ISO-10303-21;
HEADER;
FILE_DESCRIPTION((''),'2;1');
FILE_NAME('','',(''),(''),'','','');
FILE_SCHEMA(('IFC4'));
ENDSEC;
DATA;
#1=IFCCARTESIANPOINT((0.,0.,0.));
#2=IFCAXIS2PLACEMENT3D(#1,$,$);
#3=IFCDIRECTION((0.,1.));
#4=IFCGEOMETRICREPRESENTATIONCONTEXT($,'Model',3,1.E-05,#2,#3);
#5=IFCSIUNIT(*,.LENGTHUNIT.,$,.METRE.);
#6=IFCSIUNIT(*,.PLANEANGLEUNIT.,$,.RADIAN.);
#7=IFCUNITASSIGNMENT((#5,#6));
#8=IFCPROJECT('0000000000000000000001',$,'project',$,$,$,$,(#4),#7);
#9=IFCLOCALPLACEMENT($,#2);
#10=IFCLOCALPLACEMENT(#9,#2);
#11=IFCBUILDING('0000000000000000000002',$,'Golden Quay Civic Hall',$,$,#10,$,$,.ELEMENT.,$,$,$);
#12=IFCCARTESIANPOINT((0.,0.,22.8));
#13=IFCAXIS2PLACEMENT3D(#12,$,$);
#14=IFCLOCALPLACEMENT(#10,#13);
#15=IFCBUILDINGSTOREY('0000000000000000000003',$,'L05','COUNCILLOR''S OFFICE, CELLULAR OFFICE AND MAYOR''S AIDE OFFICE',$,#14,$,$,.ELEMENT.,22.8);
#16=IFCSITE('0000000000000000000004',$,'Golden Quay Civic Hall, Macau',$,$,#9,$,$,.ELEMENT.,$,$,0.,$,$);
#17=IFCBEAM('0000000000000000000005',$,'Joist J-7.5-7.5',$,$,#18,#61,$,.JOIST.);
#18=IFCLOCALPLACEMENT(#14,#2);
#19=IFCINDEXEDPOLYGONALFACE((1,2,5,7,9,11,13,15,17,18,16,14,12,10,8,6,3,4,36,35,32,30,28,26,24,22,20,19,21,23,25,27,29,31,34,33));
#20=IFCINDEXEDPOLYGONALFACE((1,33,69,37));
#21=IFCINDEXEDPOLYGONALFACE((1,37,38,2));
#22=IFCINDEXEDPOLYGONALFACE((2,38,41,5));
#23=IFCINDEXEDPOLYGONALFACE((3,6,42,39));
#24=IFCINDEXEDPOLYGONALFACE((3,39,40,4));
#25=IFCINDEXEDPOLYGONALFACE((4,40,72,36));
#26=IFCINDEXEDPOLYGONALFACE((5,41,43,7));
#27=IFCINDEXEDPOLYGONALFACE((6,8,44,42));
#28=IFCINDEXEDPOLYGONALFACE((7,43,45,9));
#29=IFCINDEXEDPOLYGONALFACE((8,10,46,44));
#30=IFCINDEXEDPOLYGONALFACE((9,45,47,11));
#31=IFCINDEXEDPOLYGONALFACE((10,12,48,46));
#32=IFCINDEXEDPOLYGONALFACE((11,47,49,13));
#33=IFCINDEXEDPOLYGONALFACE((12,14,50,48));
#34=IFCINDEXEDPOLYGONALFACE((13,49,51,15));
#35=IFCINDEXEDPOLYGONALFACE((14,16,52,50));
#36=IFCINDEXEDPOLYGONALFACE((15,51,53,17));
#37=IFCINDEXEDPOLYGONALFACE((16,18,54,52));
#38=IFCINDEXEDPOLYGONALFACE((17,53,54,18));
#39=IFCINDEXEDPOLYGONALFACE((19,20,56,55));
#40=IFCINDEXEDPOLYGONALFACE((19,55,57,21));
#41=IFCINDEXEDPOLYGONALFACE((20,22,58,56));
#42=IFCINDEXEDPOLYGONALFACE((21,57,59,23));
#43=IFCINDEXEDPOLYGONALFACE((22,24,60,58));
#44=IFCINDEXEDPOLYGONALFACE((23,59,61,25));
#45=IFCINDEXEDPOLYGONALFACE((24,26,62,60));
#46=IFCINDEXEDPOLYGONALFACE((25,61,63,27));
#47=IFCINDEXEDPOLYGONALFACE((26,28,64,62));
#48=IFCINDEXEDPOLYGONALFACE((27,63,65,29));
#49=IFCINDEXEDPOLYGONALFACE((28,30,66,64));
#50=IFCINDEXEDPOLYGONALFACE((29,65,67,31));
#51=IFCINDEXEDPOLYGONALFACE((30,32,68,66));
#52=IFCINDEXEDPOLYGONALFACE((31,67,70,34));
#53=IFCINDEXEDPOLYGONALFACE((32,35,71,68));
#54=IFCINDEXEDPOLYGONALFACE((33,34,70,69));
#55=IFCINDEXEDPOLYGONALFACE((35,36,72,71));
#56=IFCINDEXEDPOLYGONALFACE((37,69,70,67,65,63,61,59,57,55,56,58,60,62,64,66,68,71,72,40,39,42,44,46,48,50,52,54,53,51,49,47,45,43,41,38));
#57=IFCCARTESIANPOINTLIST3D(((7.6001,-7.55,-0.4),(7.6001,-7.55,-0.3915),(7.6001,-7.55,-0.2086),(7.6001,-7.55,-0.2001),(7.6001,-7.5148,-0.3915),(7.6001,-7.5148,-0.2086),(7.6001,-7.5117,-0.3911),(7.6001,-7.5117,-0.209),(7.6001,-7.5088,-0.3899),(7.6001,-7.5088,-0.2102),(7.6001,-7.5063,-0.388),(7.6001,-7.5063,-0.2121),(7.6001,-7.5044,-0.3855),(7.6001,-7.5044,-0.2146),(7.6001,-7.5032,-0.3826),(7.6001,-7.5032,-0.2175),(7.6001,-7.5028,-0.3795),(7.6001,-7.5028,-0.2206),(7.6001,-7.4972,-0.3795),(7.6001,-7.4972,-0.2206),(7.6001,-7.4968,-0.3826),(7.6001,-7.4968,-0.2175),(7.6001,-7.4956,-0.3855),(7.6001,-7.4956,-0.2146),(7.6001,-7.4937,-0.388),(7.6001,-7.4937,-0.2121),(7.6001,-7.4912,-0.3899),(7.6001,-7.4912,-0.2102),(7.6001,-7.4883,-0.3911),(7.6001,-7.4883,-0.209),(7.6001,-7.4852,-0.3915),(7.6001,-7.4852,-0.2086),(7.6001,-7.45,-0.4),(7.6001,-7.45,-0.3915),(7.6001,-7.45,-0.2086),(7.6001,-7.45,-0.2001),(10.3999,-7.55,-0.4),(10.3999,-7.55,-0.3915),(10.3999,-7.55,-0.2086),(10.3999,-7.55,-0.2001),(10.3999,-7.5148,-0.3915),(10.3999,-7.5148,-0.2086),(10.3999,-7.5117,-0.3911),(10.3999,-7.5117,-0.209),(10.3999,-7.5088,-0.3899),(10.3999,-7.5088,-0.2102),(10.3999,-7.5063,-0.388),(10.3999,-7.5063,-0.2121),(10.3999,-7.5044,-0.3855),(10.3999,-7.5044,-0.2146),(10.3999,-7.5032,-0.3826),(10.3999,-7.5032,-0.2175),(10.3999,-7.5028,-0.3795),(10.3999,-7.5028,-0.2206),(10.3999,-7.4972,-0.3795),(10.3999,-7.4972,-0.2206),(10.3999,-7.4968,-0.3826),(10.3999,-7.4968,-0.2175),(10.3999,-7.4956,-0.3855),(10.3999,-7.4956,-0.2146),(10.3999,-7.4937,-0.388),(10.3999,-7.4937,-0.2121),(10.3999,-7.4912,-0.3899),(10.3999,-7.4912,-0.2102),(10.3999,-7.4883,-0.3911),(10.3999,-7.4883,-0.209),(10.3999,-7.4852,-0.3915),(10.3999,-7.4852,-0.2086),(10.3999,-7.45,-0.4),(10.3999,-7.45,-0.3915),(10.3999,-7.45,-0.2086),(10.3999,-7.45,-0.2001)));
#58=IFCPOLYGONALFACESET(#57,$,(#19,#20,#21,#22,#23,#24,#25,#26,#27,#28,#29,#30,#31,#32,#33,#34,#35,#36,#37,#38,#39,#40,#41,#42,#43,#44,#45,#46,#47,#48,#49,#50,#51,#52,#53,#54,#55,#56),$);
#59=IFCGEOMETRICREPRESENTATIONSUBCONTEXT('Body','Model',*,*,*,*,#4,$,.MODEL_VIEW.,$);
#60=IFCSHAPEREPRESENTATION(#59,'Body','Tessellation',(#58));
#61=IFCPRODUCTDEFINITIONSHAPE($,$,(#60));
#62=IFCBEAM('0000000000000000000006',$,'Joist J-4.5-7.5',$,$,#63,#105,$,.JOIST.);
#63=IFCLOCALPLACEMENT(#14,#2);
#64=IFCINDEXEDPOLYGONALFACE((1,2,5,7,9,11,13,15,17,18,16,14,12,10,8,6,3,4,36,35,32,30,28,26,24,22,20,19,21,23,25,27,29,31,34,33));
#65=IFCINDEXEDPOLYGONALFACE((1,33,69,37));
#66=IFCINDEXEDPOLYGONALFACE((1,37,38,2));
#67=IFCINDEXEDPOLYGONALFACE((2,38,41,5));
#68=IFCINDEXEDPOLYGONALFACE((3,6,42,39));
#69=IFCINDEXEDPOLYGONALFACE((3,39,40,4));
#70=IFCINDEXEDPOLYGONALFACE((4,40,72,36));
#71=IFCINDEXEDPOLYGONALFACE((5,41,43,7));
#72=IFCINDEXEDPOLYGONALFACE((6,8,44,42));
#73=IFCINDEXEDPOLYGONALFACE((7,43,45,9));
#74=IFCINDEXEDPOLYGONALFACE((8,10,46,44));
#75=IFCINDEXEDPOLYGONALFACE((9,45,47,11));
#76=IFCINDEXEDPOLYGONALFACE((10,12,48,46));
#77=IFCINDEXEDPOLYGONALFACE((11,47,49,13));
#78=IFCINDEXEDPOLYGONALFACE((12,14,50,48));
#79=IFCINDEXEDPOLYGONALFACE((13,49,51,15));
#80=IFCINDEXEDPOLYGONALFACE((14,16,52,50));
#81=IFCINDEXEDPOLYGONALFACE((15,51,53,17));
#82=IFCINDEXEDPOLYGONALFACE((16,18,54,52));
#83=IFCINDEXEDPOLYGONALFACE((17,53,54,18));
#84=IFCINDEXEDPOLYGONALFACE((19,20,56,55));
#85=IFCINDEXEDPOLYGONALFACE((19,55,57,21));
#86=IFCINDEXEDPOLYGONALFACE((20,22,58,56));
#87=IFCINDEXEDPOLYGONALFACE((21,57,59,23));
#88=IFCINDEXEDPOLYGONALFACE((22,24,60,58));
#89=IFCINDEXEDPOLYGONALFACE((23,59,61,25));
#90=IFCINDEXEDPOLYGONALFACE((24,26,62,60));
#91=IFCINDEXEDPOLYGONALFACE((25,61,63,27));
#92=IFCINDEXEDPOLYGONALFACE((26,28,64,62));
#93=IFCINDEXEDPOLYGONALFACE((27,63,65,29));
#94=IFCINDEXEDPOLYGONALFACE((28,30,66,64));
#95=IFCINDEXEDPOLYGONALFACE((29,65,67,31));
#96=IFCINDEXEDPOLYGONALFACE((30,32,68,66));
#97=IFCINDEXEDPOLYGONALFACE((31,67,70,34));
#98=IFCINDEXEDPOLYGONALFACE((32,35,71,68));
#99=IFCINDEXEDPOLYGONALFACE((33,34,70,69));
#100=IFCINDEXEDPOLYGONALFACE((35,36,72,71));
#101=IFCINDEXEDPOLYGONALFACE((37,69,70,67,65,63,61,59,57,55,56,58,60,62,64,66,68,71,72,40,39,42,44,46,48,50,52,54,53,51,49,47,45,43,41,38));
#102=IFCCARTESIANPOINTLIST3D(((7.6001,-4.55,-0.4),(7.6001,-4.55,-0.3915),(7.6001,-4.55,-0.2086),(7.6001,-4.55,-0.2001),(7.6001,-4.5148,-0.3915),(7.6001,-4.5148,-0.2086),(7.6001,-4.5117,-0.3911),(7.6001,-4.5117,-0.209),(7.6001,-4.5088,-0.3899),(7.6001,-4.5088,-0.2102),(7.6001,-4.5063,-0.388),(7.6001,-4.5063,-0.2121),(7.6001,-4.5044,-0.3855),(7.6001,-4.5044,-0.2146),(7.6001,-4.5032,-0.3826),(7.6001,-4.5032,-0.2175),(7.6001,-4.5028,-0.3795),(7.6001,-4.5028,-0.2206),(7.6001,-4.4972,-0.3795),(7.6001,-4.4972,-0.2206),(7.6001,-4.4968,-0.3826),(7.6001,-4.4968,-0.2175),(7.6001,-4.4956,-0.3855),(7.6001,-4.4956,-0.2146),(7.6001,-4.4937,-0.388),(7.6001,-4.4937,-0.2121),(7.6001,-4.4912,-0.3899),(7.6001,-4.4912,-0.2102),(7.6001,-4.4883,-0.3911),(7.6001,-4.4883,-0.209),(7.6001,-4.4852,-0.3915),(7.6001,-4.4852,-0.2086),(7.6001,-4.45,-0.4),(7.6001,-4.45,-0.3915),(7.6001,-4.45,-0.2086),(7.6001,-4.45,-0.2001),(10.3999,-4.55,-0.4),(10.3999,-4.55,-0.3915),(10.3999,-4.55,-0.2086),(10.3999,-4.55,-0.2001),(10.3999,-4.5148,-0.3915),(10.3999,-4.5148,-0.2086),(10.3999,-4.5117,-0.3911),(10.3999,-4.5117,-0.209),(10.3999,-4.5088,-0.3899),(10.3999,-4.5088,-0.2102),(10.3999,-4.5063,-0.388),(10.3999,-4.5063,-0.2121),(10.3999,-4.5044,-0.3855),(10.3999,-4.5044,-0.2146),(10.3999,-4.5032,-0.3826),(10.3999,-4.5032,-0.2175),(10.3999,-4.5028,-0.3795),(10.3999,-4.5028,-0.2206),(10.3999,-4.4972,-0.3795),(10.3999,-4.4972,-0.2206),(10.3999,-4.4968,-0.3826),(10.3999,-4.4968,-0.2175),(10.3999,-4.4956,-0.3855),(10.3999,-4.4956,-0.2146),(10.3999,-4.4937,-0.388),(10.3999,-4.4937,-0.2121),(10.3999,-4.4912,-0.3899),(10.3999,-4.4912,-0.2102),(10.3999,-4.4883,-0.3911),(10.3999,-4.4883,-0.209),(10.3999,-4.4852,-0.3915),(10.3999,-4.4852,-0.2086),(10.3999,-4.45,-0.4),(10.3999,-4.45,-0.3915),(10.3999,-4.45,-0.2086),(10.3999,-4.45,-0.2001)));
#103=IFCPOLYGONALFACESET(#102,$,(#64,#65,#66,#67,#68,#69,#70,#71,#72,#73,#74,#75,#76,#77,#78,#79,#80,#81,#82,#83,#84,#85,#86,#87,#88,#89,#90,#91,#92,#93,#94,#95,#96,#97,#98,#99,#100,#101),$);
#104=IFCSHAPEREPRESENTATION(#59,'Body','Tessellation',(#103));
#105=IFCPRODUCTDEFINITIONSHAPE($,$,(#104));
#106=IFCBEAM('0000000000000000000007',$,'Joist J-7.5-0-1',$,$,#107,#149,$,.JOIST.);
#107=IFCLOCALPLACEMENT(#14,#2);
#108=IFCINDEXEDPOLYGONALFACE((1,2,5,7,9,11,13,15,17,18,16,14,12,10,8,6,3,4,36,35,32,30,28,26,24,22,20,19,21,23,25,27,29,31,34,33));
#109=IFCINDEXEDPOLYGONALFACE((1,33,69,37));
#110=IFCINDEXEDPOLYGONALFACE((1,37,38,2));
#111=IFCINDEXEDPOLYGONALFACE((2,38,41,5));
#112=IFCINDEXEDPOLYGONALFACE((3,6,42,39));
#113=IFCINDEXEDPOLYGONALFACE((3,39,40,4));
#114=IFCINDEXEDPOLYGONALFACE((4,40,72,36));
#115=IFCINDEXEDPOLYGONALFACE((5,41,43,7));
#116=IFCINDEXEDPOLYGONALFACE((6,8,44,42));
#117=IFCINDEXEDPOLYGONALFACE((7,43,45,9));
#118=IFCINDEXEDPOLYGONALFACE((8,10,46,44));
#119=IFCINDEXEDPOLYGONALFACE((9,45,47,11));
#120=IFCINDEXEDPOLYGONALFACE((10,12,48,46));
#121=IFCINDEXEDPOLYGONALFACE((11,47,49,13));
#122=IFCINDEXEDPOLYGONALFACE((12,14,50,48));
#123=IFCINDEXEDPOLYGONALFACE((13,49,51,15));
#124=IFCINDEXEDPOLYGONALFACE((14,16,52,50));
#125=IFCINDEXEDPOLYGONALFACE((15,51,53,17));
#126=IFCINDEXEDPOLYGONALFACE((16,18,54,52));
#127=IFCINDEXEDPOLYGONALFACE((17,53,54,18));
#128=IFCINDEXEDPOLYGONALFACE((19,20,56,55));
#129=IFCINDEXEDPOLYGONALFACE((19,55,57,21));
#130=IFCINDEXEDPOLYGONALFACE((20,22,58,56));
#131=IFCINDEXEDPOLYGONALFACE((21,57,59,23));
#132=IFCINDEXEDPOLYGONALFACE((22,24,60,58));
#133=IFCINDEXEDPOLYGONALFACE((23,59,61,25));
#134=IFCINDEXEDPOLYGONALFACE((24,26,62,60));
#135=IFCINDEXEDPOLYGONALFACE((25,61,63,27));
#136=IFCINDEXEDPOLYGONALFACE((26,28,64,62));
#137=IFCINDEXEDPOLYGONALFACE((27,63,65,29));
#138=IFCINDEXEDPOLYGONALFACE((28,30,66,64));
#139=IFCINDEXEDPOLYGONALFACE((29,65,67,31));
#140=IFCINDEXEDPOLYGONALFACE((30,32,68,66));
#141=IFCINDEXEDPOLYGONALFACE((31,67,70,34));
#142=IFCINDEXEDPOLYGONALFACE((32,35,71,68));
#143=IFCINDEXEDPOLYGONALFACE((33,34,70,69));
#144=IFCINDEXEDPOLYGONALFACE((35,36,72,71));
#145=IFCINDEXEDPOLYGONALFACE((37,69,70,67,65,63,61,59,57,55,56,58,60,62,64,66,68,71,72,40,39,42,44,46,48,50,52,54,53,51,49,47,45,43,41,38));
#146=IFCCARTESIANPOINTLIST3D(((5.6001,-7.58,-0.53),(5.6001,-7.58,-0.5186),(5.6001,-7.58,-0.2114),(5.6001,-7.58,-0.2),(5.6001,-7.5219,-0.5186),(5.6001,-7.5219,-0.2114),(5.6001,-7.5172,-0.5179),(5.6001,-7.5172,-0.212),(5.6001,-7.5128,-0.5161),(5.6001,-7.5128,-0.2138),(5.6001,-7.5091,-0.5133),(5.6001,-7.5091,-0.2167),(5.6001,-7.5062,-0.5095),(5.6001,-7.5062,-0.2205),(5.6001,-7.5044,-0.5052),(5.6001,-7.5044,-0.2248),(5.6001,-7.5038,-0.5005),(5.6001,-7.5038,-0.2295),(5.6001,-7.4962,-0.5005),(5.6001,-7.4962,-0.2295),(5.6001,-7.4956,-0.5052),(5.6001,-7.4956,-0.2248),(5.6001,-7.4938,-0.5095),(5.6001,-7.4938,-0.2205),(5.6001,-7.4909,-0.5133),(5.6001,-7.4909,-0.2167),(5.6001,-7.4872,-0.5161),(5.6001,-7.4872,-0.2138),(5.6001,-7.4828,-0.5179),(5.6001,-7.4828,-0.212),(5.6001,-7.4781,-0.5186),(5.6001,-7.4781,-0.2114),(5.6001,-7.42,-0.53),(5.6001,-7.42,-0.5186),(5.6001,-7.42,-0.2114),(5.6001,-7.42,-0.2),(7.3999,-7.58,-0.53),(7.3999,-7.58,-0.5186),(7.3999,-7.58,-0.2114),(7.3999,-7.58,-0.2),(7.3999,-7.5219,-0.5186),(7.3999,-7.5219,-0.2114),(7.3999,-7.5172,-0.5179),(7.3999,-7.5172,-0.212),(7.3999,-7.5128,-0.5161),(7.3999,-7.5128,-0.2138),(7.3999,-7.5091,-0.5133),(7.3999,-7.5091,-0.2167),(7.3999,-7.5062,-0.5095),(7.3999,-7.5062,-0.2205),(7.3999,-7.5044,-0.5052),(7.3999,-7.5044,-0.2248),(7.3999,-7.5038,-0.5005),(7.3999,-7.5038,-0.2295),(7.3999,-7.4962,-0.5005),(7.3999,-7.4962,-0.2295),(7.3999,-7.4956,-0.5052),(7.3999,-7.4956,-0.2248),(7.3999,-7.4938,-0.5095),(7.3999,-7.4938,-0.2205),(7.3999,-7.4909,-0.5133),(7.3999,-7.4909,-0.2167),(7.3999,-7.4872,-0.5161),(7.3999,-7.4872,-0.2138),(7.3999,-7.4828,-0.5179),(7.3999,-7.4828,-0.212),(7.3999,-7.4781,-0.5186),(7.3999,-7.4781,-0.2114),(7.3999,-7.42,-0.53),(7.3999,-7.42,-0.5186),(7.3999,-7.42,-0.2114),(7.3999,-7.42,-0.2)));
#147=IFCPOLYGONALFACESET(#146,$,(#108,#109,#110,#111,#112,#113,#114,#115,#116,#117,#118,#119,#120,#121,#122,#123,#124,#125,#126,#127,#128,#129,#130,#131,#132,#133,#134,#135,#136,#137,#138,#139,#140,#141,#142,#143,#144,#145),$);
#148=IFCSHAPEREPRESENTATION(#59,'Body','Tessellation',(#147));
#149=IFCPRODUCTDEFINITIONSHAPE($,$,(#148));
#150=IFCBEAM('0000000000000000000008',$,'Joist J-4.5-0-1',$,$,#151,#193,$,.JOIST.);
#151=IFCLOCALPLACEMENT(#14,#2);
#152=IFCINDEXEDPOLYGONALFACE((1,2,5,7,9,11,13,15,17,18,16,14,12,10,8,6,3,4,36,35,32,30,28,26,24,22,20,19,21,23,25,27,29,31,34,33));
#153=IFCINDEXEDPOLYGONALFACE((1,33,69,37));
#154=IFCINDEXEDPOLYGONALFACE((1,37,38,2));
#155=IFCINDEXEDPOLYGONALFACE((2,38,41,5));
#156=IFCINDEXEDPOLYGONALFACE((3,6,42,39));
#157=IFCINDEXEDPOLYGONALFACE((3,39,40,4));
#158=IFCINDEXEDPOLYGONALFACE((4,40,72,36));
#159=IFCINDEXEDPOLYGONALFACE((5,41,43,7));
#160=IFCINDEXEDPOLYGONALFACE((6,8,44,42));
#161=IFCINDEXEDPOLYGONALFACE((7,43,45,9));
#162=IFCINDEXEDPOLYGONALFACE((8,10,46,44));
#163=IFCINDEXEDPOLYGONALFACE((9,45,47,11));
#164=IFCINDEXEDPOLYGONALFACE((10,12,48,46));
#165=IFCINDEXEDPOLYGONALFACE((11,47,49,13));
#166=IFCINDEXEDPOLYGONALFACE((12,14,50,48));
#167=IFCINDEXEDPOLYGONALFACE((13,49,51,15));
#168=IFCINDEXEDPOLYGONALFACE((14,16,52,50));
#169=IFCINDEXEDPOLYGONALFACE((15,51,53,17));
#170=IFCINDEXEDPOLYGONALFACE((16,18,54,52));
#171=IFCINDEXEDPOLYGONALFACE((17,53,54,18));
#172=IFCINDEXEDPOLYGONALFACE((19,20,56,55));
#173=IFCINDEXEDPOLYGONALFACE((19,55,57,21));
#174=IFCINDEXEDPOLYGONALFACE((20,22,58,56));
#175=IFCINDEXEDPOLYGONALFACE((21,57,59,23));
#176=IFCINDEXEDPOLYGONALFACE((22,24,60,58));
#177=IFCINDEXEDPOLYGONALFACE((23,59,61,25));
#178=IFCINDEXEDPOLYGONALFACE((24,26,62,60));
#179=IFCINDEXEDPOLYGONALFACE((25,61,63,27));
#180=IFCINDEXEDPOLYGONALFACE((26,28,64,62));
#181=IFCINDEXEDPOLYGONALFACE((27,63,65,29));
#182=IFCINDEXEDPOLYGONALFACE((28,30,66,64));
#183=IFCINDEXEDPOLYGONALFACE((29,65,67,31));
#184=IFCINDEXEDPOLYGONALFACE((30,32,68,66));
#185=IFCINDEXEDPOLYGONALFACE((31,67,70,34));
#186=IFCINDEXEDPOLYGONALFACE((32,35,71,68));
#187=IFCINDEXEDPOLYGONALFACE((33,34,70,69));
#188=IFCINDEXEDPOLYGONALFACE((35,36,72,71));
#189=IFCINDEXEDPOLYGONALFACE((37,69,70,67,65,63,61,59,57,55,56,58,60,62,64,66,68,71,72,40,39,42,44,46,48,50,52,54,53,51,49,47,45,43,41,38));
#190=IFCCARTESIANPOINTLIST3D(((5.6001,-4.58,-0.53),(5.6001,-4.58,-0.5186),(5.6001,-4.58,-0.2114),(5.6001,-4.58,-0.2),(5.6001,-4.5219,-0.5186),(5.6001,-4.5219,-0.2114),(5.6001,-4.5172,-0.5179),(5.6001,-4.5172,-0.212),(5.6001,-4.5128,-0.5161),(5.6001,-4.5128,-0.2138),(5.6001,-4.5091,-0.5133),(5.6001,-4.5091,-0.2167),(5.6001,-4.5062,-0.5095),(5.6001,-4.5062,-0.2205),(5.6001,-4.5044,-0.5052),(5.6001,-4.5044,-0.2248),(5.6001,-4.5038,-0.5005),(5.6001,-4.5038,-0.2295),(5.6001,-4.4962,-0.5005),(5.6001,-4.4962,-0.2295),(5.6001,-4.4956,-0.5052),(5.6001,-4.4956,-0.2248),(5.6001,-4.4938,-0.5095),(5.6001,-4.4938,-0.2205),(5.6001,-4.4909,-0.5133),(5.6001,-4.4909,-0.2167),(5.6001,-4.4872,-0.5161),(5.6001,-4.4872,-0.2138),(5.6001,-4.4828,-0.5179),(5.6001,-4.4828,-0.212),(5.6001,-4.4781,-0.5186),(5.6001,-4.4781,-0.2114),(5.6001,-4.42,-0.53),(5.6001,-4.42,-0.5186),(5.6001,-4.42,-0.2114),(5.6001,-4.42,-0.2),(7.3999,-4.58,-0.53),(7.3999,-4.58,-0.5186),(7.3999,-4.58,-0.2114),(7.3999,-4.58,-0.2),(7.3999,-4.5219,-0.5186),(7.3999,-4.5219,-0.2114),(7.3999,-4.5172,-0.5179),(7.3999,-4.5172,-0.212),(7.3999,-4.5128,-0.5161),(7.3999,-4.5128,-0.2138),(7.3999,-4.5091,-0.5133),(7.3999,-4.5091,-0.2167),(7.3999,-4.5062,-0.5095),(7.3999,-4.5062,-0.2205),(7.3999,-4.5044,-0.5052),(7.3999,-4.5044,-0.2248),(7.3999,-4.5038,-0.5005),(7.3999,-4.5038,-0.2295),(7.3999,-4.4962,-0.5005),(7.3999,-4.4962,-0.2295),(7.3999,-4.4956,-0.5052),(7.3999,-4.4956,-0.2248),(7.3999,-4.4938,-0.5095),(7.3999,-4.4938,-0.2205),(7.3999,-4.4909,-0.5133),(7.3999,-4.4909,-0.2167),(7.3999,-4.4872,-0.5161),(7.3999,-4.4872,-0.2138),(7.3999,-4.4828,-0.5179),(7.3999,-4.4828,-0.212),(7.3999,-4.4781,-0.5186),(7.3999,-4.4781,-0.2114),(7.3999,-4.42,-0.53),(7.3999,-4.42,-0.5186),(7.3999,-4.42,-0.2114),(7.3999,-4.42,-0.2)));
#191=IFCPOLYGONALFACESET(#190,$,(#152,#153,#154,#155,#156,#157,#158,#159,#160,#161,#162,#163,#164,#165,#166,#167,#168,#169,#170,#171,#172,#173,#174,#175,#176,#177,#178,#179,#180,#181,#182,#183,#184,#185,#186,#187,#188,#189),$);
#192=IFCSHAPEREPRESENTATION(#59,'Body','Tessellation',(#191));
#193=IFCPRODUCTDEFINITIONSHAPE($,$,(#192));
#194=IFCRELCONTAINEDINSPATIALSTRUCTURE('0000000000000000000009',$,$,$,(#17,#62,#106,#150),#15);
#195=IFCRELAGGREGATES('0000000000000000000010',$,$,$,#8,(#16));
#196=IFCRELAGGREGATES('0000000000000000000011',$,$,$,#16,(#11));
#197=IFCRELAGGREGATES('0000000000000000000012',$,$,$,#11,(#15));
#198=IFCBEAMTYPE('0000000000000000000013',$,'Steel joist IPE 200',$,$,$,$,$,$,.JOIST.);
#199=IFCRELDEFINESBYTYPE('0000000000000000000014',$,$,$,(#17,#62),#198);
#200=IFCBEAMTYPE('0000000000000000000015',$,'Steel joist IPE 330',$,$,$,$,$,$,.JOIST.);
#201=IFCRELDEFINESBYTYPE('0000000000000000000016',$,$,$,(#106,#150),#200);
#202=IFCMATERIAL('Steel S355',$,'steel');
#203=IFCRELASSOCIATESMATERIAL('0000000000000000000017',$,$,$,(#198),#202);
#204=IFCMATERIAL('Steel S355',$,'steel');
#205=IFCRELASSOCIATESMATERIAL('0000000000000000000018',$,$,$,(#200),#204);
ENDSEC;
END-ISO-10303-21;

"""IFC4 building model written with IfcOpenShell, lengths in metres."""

from ifc_helpers import new_model, si_unit, direction, frame, origin, origin_2d, place, context, subcontext, project, spatial, i_section, extrude, material, material_profile, profile_set, type_object, element, save


model = new_model("IFC4")

# Units and contexts
model_context = context("Model", 3, precision=1e-05, world=origin(), true_north=direction((0.0, 1.0)))
body_context = subcontext(model_context, "Body", "Model", "MODEL_VIEW")
ifc_project = project(units=[si_unit("LENGTHUNIT", "METRE"), si_unit("PLANEANGLEUNIT", "RADIAN")], contexts=[model_context])

# Site, building, storey
site_placement = place(None, origin())
site = spatial("IfcSite", under=ifc_project, at=site_placement, Name="Golden Quay Civic Hall, Macau", CompositionType="ELEMENT", RefElevation=0.0)
building_placement = place(site_placement, origin())
building = spatial("IfcBuilding", under=site, at=building_placement, Name="Golden Quay Civic Hall", CompositionType="ELEMENT")
storey_placement = place(building_placement, frame((0.0, 0.0, 22.8)))
storey = spatial("IfcBuildingStorey", under=building, at=storey_placement, Name="L05", Description="COUNCILLOR'S OFFICE, CELLULAR OFFICE AND MAYOR'S AIDE OFFICE", CompositionType="ELEMENT", Elevation=22.8)

# Beams
ifc_material_1 = material(Name="Steel S355", Category="steel")
ifc_material_profile_1 = material_profile(ifc_material_1, i_section(OverallWidth=0.1001, OverallDepth=0.2, WebThickness=0.0056, FlangeThickness=0.0085, FilletRadius=0.012, at=origin_2d()), Name="IPE 200")
ifc_profile_set_1 = profile_set([ifc_material_profile_1], Name="Steel S355")
beam_type_1 = type_object("IfcBeamType", Name="Steel joist IPE 200", PredefinedType="JOIST", material=ifc_profile_set_1)
for number, where, z_axis, x_axis, name in (
    (1, (7.6001, -7.5, -0.3), (1.0, 0.0, 0.0), (0.0, 1.0, 0.0), "Joist J-7.5-7.5"),
    (2, (7.6001, -4.5, -0.3), (1.0, 0.0, 0.0), (0.0, 1.0, 0.0), "Joist J-4.5-7.5"),
):
    element("IfcBeam", number, at=place(storey_placement, frame(where, z_axis=z_axis, x_axis=x_axis)), inside=storey, type_object=beam_type_1, Name=name, PredefinedType="JOIST", context=body_context, shape_type="SweptSolid", body=[
        extrude(i_section(OverallWidth=0.1001, OverallDepth=0.2, WebThickness=0.0056, FlangeThickness=0.0085, FilletRadius=0.012, at=origin_2d()), origin(), (0.0, 0.0, 1.0), 2.7998),
    ])
ifc_material_2 = material(Name="Steel S355", Category="steel")
ifc_material_profile_2 = material_profile(ifc_material_2, i_section(OverallWidth=0.1599, OverallDepth=0.3301, WebThickness=0.0076, FlangeThickness=0.0115, FilletRadius=0.0181, at=origin_2d()), Name="IPE 330")
ifc_profile_set_2 = profile_set([ifc_material_profile_2], Name="Steel S355")
beam_type_2 = type_object("IfcBeamType", Name="Steel joist IPE 330", PredefinedType="JOIST", material=ifc_profile_set_2)
for number, where, z_axis, x_axis, name in (
    (3, (5.6001, -7.5, -0.365), (1.0, 0.0, 0.0), (0.0, 1.0, 0.0), "Joist J-7.5-0-1"),
    (4, (5.6001, -4.5, -0.365), (1.0, 0.0, 0.0), (0.0, 1.0, 0.0), "Joist J-4.5-0-1"),
):
    element("IfcBeam", number, at=place(storey_placement, frame(where, z_axis=z_axis, x_axis=x_axis)), inside=storey, type_object=beam_type_2, Name=name, PredefinedType="JOIST", context=body_context, shape_type="SweptSolid", body=[
        extrude(i_section(OverallWidth=0.1599, OverallDepth=0.3301, WebThickness=0.0076, FlangeThickness=0.0115, FilletRadius=0.0181, at=origin_2d()), origin(), (0.0, 0.0, 1.0), 1.7998),
    ])

save(model, "model.ifc")
